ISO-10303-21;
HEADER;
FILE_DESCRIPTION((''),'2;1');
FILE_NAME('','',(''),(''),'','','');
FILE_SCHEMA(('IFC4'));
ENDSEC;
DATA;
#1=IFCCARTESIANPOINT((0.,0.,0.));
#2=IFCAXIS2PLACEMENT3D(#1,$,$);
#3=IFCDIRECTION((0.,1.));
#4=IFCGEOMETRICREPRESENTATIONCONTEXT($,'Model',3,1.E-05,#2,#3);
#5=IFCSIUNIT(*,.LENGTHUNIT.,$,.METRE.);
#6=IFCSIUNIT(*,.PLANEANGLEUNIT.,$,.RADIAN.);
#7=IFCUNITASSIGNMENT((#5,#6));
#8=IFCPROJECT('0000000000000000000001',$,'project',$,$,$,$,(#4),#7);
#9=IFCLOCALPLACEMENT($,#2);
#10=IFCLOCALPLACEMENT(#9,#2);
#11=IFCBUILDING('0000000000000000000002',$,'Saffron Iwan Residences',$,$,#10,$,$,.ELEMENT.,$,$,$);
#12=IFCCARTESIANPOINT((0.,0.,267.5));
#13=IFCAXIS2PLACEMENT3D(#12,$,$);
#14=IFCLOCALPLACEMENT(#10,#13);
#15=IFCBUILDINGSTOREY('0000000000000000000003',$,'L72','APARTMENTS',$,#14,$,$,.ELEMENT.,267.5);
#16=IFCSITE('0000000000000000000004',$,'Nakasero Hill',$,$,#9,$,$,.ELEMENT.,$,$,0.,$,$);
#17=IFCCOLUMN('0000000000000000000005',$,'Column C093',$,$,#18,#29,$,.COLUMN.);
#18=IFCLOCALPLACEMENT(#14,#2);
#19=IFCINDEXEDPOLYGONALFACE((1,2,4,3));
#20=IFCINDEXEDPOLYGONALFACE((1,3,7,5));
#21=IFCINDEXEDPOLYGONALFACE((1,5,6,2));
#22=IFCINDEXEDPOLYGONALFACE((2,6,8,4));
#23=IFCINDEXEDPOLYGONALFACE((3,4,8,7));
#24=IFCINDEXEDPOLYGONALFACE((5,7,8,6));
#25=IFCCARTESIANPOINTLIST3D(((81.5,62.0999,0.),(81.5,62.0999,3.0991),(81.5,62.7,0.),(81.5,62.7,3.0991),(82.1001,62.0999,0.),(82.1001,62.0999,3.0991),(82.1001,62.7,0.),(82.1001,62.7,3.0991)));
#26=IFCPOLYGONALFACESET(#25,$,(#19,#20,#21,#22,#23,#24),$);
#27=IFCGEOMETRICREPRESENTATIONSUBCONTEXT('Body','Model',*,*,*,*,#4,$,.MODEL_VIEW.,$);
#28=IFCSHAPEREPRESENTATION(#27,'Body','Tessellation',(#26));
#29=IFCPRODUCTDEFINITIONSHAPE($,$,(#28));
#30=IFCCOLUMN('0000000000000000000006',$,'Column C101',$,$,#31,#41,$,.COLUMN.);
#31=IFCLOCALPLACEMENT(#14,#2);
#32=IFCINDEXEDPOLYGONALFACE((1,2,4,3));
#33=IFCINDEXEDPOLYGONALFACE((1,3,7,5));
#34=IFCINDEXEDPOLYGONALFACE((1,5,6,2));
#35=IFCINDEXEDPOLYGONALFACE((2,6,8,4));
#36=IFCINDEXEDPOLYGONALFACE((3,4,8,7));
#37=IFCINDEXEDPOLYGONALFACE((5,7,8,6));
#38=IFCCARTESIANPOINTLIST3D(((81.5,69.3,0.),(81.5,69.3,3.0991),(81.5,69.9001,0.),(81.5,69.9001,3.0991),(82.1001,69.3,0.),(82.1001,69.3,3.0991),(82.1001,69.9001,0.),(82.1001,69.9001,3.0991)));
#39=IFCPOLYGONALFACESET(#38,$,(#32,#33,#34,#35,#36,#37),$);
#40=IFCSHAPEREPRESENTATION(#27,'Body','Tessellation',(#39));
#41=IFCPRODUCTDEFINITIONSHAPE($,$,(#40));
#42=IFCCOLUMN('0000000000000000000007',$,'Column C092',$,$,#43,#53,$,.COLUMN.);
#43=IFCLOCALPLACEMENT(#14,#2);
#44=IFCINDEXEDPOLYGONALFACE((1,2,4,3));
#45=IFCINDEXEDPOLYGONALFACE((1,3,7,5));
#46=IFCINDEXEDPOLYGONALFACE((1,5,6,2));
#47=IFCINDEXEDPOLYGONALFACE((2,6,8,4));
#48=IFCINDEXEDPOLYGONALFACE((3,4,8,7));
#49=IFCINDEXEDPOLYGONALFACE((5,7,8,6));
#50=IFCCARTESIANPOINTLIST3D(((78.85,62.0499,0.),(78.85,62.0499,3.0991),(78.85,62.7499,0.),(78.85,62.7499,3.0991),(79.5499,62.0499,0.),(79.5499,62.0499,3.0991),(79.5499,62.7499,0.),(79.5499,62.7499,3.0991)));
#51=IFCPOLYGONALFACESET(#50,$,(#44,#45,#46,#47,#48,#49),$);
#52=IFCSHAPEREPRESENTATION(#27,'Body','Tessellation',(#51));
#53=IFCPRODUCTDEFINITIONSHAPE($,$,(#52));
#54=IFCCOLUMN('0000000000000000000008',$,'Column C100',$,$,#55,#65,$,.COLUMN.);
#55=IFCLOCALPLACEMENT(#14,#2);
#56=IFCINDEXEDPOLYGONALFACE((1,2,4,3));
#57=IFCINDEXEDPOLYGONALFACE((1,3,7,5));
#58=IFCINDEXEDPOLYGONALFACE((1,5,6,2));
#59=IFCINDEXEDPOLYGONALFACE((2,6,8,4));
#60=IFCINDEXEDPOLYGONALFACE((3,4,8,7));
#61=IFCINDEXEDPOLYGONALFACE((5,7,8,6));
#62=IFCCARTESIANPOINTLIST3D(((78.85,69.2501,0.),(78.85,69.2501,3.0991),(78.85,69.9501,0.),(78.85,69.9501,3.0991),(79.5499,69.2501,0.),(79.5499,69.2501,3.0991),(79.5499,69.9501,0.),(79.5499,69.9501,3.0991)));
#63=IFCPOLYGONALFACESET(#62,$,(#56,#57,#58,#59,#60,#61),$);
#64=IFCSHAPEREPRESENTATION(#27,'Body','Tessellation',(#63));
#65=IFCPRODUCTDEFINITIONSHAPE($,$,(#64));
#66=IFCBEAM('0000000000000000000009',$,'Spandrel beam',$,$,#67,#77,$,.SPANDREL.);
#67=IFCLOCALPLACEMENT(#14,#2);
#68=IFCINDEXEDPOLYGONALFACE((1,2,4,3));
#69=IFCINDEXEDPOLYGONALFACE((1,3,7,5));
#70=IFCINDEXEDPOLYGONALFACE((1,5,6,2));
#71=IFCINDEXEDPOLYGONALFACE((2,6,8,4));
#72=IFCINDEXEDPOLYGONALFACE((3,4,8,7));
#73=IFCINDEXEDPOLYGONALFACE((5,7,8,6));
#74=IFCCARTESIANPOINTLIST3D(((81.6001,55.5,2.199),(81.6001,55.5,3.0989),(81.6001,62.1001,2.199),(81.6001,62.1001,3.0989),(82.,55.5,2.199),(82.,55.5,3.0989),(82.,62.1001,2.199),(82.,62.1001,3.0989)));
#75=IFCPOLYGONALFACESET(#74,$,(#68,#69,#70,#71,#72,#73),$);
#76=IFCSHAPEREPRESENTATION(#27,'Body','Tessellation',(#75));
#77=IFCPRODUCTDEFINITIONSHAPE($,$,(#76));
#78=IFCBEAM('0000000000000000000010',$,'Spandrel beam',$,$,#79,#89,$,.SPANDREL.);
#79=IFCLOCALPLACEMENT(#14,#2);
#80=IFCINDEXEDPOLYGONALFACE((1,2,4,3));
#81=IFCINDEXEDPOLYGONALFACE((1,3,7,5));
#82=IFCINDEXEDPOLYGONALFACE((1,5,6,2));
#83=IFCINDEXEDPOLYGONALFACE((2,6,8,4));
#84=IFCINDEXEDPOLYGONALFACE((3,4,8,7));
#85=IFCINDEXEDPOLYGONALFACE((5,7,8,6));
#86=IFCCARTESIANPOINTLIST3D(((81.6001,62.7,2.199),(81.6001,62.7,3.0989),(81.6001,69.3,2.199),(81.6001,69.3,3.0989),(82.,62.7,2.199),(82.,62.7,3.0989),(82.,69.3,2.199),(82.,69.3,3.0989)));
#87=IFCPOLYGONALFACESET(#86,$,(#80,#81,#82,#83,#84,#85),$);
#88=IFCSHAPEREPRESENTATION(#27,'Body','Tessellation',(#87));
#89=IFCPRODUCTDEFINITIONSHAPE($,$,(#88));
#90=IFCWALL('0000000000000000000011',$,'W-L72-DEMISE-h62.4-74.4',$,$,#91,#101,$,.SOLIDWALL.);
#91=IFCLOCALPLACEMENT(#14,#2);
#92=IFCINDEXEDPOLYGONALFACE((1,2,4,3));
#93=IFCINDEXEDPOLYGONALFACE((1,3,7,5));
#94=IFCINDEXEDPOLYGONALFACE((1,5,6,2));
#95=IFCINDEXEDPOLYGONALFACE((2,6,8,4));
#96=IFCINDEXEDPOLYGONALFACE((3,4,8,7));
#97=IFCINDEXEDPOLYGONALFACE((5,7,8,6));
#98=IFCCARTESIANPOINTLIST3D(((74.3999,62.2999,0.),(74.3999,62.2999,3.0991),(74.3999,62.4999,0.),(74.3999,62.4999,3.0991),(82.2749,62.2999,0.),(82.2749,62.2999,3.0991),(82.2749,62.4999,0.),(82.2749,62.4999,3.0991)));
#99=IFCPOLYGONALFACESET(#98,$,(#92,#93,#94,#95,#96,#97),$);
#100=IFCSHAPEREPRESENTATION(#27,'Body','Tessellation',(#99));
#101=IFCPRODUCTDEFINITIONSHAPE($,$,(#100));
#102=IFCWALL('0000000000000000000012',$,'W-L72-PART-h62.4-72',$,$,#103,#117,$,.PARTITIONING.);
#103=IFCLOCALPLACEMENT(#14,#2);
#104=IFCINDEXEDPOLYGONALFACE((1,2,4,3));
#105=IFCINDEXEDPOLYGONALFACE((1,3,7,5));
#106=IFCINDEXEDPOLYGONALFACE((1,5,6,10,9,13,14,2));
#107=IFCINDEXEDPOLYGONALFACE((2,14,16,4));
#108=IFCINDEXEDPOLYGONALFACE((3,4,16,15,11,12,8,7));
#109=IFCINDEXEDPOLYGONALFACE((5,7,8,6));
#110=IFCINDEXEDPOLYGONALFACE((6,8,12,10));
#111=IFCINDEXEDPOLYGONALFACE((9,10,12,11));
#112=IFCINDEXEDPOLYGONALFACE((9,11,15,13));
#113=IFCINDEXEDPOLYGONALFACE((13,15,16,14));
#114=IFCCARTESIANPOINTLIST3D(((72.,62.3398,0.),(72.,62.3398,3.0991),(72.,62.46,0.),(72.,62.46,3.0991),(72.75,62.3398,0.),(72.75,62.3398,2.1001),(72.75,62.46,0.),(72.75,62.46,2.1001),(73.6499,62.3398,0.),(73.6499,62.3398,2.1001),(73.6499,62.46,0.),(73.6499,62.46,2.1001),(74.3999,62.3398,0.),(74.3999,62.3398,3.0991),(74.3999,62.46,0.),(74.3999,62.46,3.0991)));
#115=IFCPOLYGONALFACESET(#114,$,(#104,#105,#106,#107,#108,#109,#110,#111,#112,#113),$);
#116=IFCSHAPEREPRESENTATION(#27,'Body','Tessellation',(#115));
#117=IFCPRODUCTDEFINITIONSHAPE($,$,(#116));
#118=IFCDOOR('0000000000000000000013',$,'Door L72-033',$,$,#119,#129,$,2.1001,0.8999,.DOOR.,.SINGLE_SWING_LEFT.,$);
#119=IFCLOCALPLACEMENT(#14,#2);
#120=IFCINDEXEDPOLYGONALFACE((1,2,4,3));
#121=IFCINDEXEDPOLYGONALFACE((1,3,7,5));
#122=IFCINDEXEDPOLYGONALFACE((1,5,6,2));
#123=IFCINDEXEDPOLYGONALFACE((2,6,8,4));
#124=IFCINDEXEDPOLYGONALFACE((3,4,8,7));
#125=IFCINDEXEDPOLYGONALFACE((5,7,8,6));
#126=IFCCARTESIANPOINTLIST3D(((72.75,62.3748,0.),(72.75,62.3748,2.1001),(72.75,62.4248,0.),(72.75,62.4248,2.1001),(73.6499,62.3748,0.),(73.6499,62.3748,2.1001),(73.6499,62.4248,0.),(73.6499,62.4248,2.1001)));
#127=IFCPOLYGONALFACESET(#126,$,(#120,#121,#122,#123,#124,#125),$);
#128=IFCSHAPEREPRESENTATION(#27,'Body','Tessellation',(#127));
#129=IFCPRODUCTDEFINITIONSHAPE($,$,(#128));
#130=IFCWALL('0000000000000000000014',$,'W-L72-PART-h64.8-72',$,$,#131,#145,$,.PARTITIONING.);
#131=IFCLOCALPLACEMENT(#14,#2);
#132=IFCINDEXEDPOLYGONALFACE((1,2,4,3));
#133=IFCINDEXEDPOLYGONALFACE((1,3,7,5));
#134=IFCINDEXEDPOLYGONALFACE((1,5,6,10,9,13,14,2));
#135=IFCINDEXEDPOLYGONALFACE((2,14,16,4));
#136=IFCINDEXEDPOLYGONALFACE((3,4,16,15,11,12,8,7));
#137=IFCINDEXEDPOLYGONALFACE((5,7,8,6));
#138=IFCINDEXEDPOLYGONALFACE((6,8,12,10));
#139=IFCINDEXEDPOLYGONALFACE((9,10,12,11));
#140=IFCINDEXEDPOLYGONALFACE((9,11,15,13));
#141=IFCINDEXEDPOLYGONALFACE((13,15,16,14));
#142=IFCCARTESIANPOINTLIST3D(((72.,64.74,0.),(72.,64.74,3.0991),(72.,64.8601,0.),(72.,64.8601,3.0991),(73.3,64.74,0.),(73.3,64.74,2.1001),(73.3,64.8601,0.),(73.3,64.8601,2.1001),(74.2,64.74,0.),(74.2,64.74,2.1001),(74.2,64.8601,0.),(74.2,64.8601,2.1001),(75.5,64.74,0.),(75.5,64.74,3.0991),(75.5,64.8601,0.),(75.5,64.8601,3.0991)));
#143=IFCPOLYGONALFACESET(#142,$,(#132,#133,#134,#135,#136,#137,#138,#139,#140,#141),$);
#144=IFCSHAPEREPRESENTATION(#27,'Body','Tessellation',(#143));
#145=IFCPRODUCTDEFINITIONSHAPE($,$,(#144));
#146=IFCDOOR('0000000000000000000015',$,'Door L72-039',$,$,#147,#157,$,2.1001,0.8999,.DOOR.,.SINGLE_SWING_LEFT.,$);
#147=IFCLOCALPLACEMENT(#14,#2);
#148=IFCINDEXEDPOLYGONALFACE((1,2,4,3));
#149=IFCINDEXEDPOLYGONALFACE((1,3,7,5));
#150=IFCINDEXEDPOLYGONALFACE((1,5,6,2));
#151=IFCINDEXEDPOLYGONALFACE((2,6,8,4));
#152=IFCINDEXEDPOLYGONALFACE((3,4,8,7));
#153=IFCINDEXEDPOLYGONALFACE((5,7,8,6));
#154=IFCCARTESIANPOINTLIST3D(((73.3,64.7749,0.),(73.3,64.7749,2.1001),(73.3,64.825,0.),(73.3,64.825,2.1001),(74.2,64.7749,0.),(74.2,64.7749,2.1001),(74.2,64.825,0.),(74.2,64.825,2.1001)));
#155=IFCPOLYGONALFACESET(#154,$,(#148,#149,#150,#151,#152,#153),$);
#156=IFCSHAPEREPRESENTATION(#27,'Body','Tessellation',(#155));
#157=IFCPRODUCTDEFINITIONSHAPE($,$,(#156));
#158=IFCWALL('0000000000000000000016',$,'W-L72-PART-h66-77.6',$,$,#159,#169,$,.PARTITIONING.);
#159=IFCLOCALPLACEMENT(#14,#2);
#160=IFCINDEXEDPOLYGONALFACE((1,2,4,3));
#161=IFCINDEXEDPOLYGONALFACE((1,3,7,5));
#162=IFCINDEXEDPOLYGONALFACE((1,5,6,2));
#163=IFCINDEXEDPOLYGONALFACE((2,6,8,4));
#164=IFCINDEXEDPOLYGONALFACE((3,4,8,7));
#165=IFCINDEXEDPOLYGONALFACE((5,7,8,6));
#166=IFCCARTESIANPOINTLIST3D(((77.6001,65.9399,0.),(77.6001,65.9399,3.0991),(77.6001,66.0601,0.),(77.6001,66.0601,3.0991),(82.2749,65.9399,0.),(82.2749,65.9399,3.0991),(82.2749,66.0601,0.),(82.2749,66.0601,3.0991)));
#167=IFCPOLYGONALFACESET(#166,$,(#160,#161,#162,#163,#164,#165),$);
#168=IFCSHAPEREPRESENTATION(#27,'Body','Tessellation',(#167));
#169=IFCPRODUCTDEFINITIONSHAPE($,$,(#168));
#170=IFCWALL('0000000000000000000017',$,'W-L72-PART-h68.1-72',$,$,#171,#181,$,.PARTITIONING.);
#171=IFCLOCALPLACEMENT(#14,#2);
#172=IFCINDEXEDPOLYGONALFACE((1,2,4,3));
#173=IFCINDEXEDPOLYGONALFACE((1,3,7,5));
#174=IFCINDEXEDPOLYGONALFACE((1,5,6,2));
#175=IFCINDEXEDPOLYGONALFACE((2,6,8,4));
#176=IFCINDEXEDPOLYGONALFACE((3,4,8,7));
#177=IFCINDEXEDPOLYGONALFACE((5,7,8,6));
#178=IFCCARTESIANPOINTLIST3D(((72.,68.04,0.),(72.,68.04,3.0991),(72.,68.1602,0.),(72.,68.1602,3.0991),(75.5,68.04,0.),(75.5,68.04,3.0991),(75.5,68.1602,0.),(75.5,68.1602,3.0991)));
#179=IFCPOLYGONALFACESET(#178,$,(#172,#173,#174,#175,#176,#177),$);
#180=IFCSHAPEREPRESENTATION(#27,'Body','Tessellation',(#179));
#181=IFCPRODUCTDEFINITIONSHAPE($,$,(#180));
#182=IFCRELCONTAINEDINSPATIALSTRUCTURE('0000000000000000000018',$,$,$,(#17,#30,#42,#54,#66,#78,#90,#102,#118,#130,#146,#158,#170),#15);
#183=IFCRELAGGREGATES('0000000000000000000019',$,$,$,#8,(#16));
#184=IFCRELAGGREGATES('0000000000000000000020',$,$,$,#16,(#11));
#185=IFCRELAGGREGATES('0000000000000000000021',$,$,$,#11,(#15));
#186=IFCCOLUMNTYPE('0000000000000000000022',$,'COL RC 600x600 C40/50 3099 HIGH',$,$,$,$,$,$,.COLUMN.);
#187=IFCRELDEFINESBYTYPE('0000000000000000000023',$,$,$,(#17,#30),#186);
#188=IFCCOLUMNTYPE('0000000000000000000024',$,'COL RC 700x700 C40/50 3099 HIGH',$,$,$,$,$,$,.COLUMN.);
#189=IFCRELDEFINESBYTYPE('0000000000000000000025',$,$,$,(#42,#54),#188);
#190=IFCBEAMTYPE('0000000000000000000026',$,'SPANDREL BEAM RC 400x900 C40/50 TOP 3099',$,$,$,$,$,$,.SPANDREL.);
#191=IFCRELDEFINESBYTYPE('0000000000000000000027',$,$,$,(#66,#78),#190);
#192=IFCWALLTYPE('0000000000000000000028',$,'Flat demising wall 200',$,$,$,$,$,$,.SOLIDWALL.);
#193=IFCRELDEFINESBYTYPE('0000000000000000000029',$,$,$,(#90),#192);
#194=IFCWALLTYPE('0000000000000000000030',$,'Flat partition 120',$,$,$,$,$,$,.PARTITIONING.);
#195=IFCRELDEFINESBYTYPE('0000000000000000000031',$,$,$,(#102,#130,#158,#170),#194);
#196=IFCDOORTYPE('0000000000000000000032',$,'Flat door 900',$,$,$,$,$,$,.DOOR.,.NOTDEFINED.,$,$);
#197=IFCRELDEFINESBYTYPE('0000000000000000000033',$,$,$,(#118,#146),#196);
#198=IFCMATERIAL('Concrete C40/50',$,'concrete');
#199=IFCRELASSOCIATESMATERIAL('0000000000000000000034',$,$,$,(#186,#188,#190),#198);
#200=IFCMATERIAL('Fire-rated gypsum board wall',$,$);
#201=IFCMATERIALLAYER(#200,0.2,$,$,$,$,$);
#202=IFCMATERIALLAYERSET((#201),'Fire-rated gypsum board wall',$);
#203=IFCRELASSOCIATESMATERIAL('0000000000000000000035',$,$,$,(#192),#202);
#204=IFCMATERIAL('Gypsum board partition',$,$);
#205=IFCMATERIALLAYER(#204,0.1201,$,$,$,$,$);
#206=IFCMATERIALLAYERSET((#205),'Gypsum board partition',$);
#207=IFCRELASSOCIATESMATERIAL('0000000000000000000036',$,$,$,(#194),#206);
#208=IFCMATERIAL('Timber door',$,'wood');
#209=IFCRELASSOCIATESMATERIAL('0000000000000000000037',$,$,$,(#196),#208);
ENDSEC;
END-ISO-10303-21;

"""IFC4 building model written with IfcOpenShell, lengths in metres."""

from ifc_helpers import new_model, si_unit, direction, frame, frame_2d, origin, origin_2d, place, context, subcontext, project, spatial, rectangle, extrude, source, transform, mapped, material, layer, layer_set, material_profile, profile_set, type_object, element, fill, save


model = new_model("IFC4")

# Units and contexts
model_context = context("Model", 3, precision=1e-05, world=origin(), true_north=direction((0.0, 1.0)))
body_context = subcontext(model_context, "Body", "Model", "MODEL_VIEW")
ifc_project = project(units=[si_unit("LENGTHUNIT", "METRE"), si_unit("PLANEANGLEUNIT", "RADIAN")], contexts=[model_context])

# Site, building, storey
site_placement = place(None, origin())
site = spatial("IfcSite", under=ifc_project, at=site_placement, Name="Nakasero Hill", CompositionType="ELEMENT", RefElevation=0.0)
building_placement = place(site_placement, origin())
building = spatial("IfcBuilding", under=site, at=building_placement, Name="Saffron Iwan Residences", CompositionType="ELEMENT")
storey_placement = place(building_placement, frame((0.0, 0.0, 267.5)))
storey = spatial("IfcBuildingStorey", under=building, at=storey_placement, Name="L72", Description="APARTMENTS", CompositionType="ELEMENT", Elevation=267.5)

# Columns
ifc_material_1 = material(Name="Concrete C40/50", Category="concrete")
ifc_material_profile_1 = material_profile(ifc_material_1, rectangle(XDim=0.6001, YDim=0.6001, at=origin_2d()), Name="RC 600x600")
ifc_profile_set_1 = profile_set([ifc_material_profile_1], Name="Concrete C40/50")
column_type_1 = type_object("IfcColumnType", Name="COL RC 600x600 C40/50 3099 HIGH", PredefinedType="COLUMN", material=ifc_profile_set_1)
shared_shape_1 = source(origin(), body_context, "Body", "SweptSolid", [
    extrude(rectangle(XDim=0.6001, YDim=0.6001, at=origin_2d()), origin(), (0.0, 0.0, 1.0), 3.0991),
])
for number, where, z_axis, x_axis, name in (
    (1, (81.8, 62.3999, 0.0), (0.0, 0.0, 1.0), (1.0, 0.0, 0.0), "Column C093"),
    (2, (81.8, 69.6001, 0.0), (0.0, 0.0, 1.0), (1.0, 0.0, 0.0), "Column C101"),
):
    element("IfcColumn", number, at=place(storey_placement, frame(where, z_axis=z_axis, x_axis=x_axis)), inside=storey, type_object=column_type_1, Name=name, PredefinedType="COLUMN", context=body_context, shape_type="MappedRepresentation", body=[
        mapped(shared_shape_1, transform((0.0, 0.0, 0.0))),
    ])
ifc_material_profile_2 = material_profile(ifc_material_1, rectangle(XDim=0.7, YDim=0.7, at=origin_2d()), Name="RC 700x700")
ifc_profile_set_2 = profile_set([ifc_material_profile_2], Name="Concrete C40/50")
column_type_2 = type_object("IfcColumnType", Name="COL RC 700x700 C40/50 3099 HIGH", PredefinedType="COLUMN", material=ifc_profile_set_2)
shared_shape_2 = source(origin(), body_context, "Body", "SweptSolid", [
    extrude(rectangle(XDim=0.7, YDim=0.7, at=origin_2d()), origin(), (0.0, 0.0, 1.0), 3.0991),
])
for number, where, z_axis, x_axis, name in (
    (3, (79.2, 62.3999, 0.0), (0.0, 0.0, 1.0), (1.0, 0.0, 0.0), "Column C092"),
    (4, (79.2, 69.6001, 0.0), (0.0, 0.0, 1.0), (1.0, 0.0, 0.0), "Column C100"),
):
    element("IfcColumn", number, at=place(storey_placement, frame(where, z_axis=z_axis, x_axis=x_axis)), inside=storey, type_object=column_type_2, Name=name, PredefinedType="COLUMN", context=body_context, shape_type="MappedRepresentation", body=[
        mapped(shared_shape_2, transform((0.0, 0.0, 0.0))),
    ])

# Beams
ifc_material_profile_3 = material_profile(ifc_material_1, rectangle(XDim=0.3999, YDim=0.8999, at=origin_2d()), Name="RC 400x900")
ifc_profile_set_3 = profile_set([ifc_material_profile_3], Name="Concrete C40/50")
beam_type = type_object("IfcBeamType", Name="SPANDREL BEAM RC 400x900 C40/50 TOP 3099", PredefinedType="SPANDREL", material=ifc_profile_set_3)
shared_shape_3 = source(origin(), body_context, "Body", "SweptSolid", [
    extrude(rectangle(XDim=0.3999, YDim=0.8999, at=origin_2d()), origin(), (0.0, 0.0, 1.0), 6.6001),
])
for number, where, z_axis, x_axis, name in (
    (5, (81.8, 62.1001, 2.6489), (0.0, -1.0, 0.0), (1.0, 0.0, 0.0), "Spandrel beam"),
    (6, (81.8, 69.3, 2.6489), (0.0, -1.0, 0.0), (1.0, 0.0, 0.0), "Spandrel beam"),
):
    element("IfcBeam", number, at=place(storey_placement, frame(where, z_axis=z_axis, x_axis=x_axis)), inside=storey, type_object=beam_type, Name=name, PredefinedType="SPANDREL", context=body_context, shape_type="MappedRepresentation", body=[
        mapped(shared_shape_3, transform((0.0, 0.0, 0.0))),
    ])

# Wall
ifc_material_2 = material(Name="Fire-rated gypsum board wall")
ifc_layer_1 = layer(ifc_material_2, 0.2)
ifc_layer_set_1 = layer_set([ifc_layer_1], Name="Fire-rated gypsum board wall")
wall_type_1 = type_object("IfcWallType", Name="Flat demising wall 200", PredefinedType="SOLIDWALL", material=ifc_layer_set_1)
wall_1_placement = place(storey_placement, frame((74.3999, 62.3999, 0.0), z_axis=(0.0, 0.0, 1.0), x_axis=(1.0, 0.0, 0.0)))
element("IfcWall", 7, at=wall_1_placement, inside=storey, type_object=wall_type_1, Name="W-L72-DEMISE-h62.4-74.4", PredefinedType="SOLIDWALL", context=body_context, shape_type="SweptSolid", body=[
    extrude(rectangle(XDim=7.875, YDim=0.2, at=frame_2d((3.9375, 0.0))), origin(), (0.0, 0.0, 1.0), 3.0991),
])

# Walls, openings, doors
ifc_material_3 = material(Name="Gypsum board partition")
ifc_layer_2 = layer(ifc_material_3, 0.1201)
ifc_layer_set_2 = layer_set([ifc_layer_2], Name="Gypsum board partition")
wall_type_2 = type_object("IfcWallType", Name="Flat partition 120", PredefinedType="PARTITIONING", material=ifc_layer_set_2)
wall_2_placement = place(storey_placement, frame((72.0, 62.3999, 0.0), z_axis=(0.0, 0.0, 1.0), x_axis=(1.0, 0.0, 0.0)))
wall_2 = element("IfcWall", 8, at=wall_2_placement, inside=storey, type_object=wall_type_2, Name="W-L72-PART-h62.4-72", PredefinedType="PARTITIONING", context=body_context, shape_type="SweptSolid", body=[
    extrude(rectangle(XDim=2.3999, YDim=0.1201, at=frame_2d((1.2, 0.0))), origin(), (0.0, 0.0, 1.0), 3.0991),
])
opening_1_placement = place(wall_2_placement, frame((0.75, 0.0, 0.0)))
opening_1 = element("IfcOpeningElement", 9, at=opening_1_placement, cuts=wall_2, PredefinedType="OPENING", context=body_context, shape_type="SweptSolid", body=[
    extrude(rectangle(XDim=0.8999, YDim=2.1001, at=frame_2d((0.45, 1.05))), frame((0.0, 0.0701, 0.0), z_axis=(0.0, -1.0, 0.0), x_axis=(1.0, 0.0, 0.0)), (0.0, 0.0, 1.0), 0.1401),
])
ifc_material_4 = material(Name="Timber door", Category="wood")
door_type_1 = type_object("IfcDoorType", Name="Flat door 900", OperationType="NOTDEFINED", PredefinedType="DOOR", material=ifc_material_4)
door_1_placement = place(opening_1_placement, origin())
door_1 = element("IfcDoor", 10, at=door_1_placement, inside=storey, type_object=door_type_1, Name="Door L72-033", OperationType="SINGLE_SWING_LEFT", OverallHeight=2.1001, OverallWidth=0.8999, PredefinedType="DOOR", context=body_context, shape_type="SweptSolid", body=[
    extrude(rectangle(XDim=0.8999, YDim=2.1001, at=frame_2d((0.45, 1.05))), frame((0.0, 0.0249, 0.0), z_axis=(0.0, -1.0, 0.0), x_axis=(1.0, 0.0, 0.0)), (0.0, 0.0, 1.0), 0.05),
])
fill(opening_1, door_1)
wall_3_placement = place(storey_placement, frame((72.0, 64.8, 0.0), z_axis=(0.0, 0.0, 1.0), x_axis=(1.0, 0.0, 0.0)))
wall_3 = element("IfcWall", 11, at=wall_3_placement, inside=storey, type_object=wall_type_2, Name="W-L72-PART-h64.8-72", PredefinedType="PARTITIONING", context=body_context, shape_type="SweptSolid", body=[
    extrude(rectangle(XDim=3.5, YDim=0.1201, at=frame_2d((1.75, 0.0))), origin(), (0.0, 0.0, 1.0), 3.0991),
])
opening_2_placement = place(wall_3_placement, frame((1.3, 0.0, 0.0)))
opening_2 = element("IfcOpeningElement", 12, at=opening_2_placement, cuts=wall_3, PredefinedType="OPENING", context=body_context, shape_type="SweptSolid", body=[
    extrude(rectangle(XDim=0.8999, YDim=2.1001, at=frame_2d((0.45, 1.05))), frame((0.0, 0.0701, 0.0), z_axis=(0.0, -1.0, 0.0), x_axis=(1.0, 0.0, 0.0)), (0.0, 0.0, 1.0), 0.1401),
])
door_2_placement = place(opening_2_placement, origin())
door_2 = element("IfcDoor", 13, at=door_2_placement, inside=storey, type_object=door_type_1, Name="Door L72-039", OperationType="SINGLE_SWING_LEFT", OverallHeight=2.1001, OverallWidth=0.8999, PredefinedType="DOOR", context=body_context, shape_type="SweptSolid", body=[
    extrude(rectangle(XDim=0.8999, YDim=2.1001, at=frame_2d((0.45, 1.05))), frame((0.0, 0.0249, 0.0), z_axis=(0.0, -1.0, 0.0), x_axis=(1.0, 0.0, 0.0)), (0.0, 0.0, 1.0), 0.05),
])
fill(opening_2, door_2)

# Walls
wall_4_placement = place(storey_placement, frame((77.6001, 66.0, 0.0), z_axis=(0.0, 0.0, 1.0), x_axis=(1.0, 0.0, 0.0)))
element("IfcWall", 14, at=wall_4_placement, inside=storey, type_object=wall_type_2, Name="W-L72-PART-h66-77.6", PredefinedType="PARTITIONING", context=body_context, shape_type="SweptSolid", body=[
    extrude(rectangle(XDim=4.6748, YDim=0.1201, at=frame_2d((2.3374, 0.0))), origin(), (0.0, 0.0, 1.0), 3.0991),
])
wall_5_placement = place(storey_placement, frame((72.0, 68.1001, 0.0), z_axis=(0.0, 0.0, 1.0), x_axis=(1.0, 0.0, 0.0)))
element("IfcWall", 15, at=wall_5_placement, inside=storey, type_object=wall_type_2, Name="W-L72-PART-h68.1-72", PredefinedType="PARTITIONING", context=body_context, shape_type="SweptSolid", body=[
    extrude(rectangle(XDim=3.5, YDim=0.1201, at=frame_2d((1.75, 0.0))), origin(), (0.0, 0.0, 1.0), 3.0991),
])

save(model, "model.ifc")
